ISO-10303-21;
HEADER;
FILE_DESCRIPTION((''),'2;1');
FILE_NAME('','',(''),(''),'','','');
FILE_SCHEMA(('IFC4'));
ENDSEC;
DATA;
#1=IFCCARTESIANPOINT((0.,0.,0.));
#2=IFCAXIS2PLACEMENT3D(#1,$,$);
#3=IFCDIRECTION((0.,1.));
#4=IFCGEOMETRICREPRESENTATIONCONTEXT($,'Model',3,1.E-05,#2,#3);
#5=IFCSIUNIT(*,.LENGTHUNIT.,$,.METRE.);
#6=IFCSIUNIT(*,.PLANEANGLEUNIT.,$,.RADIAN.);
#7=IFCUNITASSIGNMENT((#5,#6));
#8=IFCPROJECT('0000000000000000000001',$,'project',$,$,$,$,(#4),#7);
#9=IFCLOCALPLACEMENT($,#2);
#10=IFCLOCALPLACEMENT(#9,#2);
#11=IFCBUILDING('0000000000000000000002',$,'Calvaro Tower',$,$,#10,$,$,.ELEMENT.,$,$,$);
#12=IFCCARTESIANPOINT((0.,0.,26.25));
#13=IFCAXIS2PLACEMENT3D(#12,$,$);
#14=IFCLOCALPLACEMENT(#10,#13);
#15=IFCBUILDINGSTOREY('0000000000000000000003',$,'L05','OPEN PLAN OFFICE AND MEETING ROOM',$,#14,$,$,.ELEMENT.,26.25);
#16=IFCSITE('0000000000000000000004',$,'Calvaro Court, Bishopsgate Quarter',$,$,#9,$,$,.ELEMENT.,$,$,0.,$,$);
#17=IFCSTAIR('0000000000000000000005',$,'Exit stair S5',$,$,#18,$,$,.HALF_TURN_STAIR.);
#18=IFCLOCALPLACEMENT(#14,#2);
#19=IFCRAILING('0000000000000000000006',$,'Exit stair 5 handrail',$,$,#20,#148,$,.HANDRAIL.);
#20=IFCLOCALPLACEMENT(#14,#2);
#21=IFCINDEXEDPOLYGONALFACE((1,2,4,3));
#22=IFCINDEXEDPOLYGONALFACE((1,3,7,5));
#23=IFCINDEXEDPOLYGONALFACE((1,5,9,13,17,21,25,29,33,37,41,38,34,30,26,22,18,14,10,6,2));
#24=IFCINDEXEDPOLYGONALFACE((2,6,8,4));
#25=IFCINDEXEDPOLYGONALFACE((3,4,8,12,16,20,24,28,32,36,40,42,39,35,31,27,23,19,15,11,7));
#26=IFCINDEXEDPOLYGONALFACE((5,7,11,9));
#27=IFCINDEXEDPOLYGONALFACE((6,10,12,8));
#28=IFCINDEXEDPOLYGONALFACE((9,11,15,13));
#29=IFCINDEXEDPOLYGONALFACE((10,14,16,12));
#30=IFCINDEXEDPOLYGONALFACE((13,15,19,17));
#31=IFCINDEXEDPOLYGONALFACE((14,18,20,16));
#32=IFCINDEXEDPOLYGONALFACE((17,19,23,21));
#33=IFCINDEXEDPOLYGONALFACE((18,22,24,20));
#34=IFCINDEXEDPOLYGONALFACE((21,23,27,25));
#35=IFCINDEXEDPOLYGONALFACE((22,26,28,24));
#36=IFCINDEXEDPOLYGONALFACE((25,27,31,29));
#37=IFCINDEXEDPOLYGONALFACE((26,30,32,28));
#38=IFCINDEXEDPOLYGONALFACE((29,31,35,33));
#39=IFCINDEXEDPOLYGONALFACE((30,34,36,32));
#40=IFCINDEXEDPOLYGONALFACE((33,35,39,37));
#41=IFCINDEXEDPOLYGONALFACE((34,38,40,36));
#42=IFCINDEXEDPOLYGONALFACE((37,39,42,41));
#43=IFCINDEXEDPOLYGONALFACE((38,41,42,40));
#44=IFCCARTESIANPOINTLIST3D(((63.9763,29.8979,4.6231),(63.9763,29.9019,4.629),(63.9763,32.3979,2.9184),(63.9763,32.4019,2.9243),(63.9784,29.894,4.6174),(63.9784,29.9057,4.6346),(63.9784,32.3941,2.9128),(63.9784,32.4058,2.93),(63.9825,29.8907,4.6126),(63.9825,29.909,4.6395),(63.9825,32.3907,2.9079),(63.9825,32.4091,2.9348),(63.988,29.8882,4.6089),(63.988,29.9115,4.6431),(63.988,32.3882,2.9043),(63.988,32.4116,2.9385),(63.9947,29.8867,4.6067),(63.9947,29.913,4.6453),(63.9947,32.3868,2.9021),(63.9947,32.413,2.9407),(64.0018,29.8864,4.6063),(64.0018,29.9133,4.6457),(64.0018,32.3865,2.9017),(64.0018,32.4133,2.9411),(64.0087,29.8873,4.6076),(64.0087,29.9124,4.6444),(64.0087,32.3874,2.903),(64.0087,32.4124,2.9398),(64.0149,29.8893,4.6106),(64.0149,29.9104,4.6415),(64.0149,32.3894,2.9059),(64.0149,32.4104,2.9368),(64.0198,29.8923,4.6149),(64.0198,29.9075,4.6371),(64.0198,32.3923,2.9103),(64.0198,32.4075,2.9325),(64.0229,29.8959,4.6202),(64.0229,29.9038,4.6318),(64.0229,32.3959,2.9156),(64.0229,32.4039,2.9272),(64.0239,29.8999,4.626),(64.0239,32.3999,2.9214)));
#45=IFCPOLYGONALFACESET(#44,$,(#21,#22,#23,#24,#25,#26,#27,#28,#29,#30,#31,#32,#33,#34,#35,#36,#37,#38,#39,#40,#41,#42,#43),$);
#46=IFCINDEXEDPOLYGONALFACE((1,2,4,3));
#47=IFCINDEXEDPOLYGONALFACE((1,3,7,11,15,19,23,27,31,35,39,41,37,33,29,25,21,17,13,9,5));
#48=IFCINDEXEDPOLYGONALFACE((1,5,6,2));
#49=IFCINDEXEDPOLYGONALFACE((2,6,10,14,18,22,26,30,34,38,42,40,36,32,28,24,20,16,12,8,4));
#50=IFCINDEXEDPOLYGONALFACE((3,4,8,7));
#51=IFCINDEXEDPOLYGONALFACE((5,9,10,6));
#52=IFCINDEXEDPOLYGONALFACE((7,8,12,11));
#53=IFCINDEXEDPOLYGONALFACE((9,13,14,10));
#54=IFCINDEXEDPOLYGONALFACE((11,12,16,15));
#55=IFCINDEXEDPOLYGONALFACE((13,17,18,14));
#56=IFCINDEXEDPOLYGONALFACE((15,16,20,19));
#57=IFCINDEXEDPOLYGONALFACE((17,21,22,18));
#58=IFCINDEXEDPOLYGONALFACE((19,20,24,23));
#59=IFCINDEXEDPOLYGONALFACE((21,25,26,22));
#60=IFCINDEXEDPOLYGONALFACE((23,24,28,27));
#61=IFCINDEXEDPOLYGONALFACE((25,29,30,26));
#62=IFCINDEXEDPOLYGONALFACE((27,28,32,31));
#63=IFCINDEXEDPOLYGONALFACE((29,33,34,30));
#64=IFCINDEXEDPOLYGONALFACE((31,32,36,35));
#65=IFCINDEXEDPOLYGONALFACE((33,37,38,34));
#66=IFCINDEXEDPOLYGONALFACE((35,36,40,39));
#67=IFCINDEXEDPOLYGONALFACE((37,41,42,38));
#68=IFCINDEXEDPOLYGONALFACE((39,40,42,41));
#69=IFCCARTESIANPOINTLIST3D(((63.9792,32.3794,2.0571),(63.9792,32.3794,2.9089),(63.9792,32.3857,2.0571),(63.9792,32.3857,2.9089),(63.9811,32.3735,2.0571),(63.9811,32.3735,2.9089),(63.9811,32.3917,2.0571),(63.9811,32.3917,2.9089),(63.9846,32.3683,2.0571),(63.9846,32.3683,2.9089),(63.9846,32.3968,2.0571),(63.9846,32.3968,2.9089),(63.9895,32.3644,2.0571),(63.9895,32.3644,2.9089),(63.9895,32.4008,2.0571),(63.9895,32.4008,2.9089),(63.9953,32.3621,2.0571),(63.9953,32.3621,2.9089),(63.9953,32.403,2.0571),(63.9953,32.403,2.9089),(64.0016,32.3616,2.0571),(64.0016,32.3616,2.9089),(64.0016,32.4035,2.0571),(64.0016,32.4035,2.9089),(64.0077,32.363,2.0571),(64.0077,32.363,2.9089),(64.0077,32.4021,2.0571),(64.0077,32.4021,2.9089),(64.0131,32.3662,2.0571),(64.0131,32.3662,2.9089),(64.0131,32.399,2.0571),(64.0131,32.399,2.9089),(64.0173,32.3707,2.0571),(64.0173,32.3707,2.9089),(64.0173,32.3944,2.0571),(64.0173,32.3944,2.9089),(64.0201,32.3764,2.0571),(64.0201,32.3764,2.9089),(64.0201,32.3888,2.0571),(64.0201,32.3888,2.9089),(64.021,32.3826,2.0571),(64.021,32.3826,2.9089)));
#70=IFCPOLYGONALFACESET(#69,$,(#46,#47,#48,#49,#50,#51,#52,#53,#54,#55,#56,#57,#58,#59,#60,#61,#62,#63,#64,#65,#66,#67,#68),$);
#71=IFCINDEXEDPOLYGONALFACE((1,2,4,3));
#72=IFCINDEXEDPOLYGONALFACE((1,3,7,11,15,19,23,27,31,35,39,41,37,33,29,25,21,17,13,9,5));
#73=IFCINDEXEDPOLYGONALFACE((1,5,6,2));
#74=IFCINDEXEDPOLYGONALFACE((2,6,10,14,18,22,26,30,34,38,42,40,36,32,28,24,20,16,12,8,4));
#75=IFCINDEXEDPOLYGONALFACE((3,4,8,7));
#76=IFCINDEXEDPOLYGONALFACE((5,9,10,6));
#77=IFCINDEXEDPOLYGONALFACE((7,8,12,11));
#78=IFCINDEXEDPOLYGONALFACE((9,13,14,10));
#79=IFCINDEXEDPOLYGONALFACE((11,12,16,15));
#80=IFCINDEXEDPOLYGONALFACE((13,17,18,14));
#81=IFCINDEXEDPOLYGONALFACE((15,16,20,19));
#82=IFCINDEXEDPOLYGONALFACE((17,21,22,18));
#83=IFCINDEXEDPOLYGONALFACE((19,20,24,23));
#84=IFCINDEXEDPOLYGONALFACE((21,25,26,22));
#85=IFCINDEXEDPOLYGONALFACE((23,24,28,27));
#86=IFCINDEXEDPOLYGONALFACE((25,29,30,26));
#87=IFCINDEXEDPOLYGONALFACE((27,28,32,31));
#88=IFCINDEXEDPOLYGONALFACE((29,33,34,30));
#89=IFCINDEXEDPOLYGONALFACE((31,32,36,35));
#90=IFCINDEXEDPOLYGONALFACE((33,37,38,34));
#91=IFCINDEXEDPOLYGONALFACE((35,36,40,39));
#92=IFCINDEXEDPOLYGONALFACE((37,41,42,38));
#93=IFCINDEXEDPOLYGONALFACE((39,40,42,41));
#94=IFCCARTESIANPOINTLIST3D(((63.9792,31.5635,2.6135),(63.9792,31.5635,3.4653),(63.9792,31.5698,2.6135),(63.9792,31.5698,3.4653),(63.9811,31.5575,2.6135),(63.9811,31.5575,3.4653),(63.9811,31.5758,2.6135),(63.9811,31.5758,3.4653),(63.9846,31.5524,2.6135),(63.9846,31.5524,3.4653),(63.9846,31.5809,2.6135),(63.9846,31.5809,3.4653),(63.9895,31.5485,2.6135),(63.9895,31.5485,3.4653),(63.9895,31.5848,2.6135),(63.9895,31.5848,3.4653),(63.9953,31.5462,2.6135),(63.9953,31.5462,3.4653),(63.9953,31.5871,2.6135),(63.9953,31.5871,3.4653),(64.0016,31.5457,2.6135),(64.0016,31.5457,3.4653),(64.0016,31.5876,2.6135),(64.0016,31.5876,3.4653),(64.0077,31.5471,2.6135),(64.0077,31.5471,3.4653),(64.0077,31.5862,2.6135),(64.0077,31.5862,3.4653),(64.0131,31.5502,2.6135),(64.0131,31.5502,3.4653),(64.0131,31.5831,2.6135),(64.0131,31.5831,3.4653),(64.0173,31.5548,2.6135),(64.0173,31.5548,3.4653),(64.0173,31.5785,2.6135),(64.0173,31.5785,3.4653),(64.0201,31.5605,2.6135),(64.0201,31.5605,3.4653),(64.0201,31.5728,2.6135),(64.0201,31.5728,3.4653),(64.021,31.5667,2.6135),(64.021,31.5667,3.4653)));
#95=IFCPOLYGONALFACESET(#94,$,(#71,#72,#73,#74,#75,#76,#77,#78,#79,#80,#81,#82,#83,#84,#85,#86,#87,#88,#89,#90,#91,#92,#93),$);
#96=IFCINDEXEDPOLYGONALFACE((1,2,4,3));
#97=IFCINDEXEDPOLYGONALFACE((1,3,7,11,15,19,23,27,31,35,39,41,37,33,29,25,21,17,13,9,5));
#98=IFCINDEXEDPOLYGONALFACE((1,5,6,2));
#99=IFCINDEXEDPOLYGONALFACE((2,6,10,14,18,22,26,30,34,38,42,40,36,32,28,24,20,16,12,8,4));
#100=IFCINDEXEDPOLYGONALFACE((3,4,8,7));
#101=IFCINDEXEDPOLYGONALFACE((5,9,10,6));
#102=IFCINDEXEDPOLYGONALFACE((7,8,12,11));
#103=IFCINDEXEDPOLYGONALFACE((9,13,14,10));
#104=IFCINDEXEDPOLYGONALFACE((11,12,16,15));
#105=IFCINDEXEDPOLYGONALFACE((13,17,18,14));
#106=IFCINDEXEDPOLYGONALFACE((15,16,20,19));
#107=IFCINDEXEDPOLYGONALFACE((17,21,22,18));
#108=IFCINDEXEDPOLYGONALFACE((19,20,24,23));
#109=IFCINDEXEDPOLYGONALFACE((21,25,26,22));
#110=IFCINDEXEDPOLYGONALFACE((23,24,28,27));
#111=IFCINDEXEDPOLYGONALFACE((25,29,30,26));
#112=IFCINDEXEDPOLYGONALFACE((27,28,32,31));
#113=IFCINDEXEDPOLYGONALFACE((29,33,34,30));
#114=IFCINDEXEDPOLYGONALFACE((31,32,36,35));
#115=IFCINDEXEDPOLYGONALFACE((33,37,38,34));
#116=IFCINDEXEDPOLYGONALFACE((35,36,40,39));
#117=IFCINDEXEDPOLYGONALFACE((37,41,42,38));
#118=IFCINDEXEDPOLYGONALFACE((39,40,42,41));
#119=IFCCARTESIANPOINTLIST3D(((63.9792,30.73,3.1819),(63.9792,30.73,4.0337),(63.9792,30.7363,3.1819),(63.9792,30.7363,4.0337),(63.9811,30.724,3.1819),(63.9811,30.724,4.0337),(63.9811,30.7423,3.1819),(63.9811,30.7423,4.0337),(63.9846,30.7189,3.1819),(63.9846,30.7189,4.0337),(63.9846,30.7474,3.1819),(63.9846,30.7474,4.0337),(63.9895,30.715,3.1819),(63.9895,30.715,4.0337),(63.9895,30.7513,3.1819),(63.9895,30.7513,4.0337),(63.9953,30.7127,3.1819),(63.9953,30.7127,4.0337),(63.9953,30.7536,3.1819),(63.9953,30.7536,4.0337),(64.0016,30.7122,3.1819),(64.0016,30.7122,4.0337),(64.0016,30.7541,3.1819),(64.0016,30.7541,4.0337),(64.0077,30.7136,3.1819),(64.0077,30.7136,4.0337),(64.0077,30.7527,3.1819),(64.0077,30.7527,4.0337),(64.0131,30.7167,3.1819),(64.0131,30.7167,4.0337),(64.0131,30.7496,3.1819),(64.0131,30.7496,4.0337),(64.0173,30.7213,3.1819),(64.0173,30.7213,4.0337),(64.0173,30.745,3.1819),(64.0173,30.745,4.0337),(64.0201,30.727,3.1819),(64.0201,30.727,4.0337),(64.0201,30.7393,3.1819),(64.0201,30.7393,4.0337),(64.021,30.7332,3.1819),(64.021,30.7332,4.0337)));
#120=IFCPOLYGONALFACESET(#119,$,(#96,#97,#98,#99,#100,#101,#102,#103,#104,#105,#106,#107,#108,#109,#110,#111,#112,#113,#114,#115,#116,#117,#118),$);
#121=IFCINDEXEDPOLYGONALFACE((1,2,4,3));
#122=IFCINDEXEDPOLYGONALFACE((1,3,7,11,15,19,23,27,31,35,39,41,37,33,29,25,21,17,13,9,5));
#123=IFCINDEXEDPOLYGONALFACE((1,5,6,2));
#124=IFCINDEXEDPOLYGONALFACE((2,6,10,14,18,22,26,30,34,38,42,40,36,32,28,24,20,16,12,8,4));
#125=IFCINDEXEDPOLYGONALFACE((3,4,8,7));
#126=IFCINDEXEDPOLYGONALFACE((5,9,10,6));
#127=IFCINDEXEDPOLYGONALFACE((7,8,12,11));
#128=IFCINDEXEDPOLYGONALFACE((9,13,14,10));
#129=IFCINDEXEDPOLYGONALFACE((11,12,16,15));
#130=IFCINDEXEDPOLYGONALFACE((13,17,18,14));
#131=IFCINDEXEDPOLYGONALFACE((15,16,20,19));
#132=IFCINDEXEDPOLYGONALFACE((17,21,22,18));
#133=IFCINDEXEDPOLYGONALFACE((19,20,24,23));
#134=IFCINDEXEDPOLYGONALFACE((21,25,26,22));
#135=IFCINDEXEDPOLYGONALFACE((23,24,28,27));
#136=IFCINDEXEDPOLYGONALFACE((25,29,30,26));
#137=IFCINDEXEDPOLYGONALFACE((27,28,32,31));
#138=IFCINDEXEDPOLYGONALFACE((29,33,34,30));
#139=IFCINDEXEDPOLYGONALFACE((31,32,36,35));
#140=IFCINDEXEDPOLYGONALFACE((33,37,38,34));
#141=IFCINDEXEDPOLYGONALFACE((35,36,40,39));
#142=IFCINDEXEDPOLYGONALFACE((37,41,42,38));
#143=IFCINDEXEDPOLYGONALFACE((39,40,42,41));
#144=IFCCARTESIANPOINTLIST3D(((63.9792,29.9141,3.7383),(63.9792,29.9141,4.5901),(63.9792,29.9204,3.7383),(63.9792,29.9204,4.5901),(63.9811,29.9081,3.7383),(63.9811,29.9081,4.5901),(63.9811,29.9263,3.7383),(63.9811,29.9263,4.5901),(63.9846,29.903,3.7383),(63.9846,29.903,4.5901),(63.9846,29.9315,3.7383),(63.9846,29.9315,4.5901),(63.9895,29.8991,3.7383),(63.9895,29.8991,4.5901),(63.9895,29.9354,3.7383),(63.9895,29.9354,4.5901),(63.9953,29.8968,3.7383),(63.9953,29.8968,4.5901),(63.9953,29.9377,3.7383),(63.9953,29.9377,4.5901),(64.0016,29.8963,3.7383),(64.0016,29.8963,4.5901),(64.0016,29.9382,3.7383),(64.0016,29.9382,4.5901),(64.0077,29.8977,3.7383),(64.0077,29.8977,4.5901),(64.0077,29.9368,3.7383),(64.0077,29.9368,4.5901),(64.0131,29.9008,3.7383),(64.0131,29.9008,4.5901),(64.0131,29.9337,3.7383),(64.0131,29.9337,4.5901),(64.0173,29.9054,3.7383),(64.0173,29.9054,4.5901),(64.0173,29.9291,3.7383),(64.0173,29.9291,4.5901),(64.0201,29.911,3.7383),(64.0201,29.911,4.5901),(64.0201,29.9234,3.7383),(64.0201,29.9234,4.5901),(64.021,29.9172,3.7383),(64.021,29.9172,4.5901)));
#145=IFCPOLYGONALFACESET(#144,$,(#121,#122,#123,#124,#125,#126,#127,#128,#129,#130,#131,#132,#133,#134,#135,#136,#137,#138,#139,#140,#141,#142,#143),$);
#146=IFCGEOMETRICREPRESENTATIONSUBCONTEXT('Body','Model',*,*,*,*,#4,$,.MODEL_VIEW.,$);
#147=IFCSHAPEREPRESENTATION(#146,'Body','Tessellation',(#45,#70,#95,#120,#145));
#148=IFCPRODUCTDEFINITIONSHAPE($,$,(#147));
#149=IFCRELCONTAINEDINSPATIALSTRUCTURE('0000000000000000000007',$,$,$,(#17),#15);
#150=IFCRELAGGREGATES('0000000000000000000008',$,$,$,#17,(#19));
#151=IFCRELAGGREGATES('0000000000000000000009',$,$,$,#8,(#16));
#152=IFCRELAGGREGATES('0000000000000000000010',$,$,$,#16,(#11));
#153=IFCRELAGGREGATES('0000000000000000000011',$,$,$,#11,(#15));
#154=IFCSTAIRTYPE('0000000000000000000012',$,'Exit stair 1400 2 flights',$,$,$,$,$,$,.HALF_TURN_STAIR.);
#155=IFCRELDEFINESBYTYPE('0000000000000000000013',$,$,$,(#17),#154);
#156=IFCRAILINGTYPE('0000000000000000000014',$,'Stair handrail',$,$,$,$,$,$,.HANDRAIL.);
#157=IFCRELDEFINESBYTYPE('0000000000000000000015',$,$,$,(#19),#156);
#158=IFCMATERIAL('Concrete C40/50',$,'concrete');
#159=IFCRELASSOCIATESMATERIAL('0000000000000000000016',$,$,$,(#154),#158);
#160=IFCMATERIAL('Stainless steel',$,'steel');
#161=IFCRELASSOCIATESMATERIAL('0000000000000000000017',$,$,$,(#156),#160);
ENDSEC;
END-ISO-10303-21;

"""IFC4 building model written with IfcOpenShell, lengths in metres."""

from ifc_helpers import new_model, si_unit, direction, frame, origin, origin_2d, place, context, subcontext, project, spatial, circle, extrude, material, type_object, element, aggregate, save


model = new_model("IFC4")

# Units and contexts
model_context = context("Model", 3, precision=1e-05, world=origin(), true_north=direction((0.0, 1.0)))
body_context = subcontext(model_context, "Body", "Model", "MODEL_VIEW")
ifc_project = project(units=[si_unit("LENGTHUNIT", "METRE"), si_unit("PLANEANGLEUNIT", "RADIAN")], contexts=[model_context])

# Site, building, storey
site_placement = place(None, origin())
site = spatial("IfcSite", under=ifc_project, at=site_placement, Name="Calvaro Court, Bishopsgate Quarter", CompositionType="ELEMENT", RefElevation=0.0)
building_placement = place(site_placement, origin())
building = spatial("IfcBuilding", under=site, at=building_placement, Name="Calvaro Tower", CompositionType="ELEMENT")
storey_placement = place(building_placement, frame((0.0, 0.0, 26.25)))
storey = spatial("IfcBuildingStorey", under=building, at=storey_placement, Name="L05", Description="OPEN PLAN OFFICE AND MEETING ROOM", CompositionType="ELEMENT", Elevation=26.25)

# Stair
ifc_material_1 = material(Name="Concrete C40/50", Category="concrete")
stair_type = type_object("IfcStairType", Name="Exit stair 1400 2 flights", PredefinedType="HALF_TURN_STAIR", material=ifc_material_1)
stair_1_placement = place(storey_placement, origin())
stair_1 = element("IfcStair", 1, at=stair_1_placement, inside=storey, type_object=stair_type, Name="Exit stair S5", PredefinedType="HALF_TURN_STAIR")

# Shared definitions
ifc_material_2 = material(Name="Stainless steel", Category="steel")
railing_type = type_object("IfcRailingType", Name="Stair handrail", PredefinedType="HANDRAIL", material=ifc_material_2)

# Railing
railing_1_placement = place(storey_placement, frame((64.0, 32.3999, 2.0454)))
railing_1 = element("IfcRailing", 2, at=railing_1_placement, type_object=railing_type, Name="Exit stair 5 handrail", PredefinedType="HANDRAIL", context=body_context, shape_type="SweptSolid", body=[
    extrude(circle(Radius=0.0239, at=origin_2d()), frame((0.0, 0.0, 0.876), z_axis=(0.0, -0.826221, 0.563347), x_axis=(1.0, 0.0, 0.0)), (0.0, 0.0, 1.0), 3.0259),
    extrude(circle(Radius=0.021, at=origin_2d()), frame((0.0, -0.0173, 0.0117)), (0.0, 0.0, 1.0), 0.8518),
    extrude(circle(Radius=0.021, at=origin_2d()), frame((0.0, -0.8333, 0.5681)), (0.0, 0.0, 1.0), 0.8518),
    extrude(circle(Radius=0.021, at=origin_2d()), frame((0.0, -1.6667, 1.1365)), (0.0, 0.0, 1.0), 0.8518),
    extrude(circle(Radius=0.021, at=origin_2d()), frame((0.0, -2.4827, 1.6929)), (0.0, 0.0, 1.0), 0.8518),
])
aggregate(stair_1, [railing_1])

save(model, "model.ifc")
